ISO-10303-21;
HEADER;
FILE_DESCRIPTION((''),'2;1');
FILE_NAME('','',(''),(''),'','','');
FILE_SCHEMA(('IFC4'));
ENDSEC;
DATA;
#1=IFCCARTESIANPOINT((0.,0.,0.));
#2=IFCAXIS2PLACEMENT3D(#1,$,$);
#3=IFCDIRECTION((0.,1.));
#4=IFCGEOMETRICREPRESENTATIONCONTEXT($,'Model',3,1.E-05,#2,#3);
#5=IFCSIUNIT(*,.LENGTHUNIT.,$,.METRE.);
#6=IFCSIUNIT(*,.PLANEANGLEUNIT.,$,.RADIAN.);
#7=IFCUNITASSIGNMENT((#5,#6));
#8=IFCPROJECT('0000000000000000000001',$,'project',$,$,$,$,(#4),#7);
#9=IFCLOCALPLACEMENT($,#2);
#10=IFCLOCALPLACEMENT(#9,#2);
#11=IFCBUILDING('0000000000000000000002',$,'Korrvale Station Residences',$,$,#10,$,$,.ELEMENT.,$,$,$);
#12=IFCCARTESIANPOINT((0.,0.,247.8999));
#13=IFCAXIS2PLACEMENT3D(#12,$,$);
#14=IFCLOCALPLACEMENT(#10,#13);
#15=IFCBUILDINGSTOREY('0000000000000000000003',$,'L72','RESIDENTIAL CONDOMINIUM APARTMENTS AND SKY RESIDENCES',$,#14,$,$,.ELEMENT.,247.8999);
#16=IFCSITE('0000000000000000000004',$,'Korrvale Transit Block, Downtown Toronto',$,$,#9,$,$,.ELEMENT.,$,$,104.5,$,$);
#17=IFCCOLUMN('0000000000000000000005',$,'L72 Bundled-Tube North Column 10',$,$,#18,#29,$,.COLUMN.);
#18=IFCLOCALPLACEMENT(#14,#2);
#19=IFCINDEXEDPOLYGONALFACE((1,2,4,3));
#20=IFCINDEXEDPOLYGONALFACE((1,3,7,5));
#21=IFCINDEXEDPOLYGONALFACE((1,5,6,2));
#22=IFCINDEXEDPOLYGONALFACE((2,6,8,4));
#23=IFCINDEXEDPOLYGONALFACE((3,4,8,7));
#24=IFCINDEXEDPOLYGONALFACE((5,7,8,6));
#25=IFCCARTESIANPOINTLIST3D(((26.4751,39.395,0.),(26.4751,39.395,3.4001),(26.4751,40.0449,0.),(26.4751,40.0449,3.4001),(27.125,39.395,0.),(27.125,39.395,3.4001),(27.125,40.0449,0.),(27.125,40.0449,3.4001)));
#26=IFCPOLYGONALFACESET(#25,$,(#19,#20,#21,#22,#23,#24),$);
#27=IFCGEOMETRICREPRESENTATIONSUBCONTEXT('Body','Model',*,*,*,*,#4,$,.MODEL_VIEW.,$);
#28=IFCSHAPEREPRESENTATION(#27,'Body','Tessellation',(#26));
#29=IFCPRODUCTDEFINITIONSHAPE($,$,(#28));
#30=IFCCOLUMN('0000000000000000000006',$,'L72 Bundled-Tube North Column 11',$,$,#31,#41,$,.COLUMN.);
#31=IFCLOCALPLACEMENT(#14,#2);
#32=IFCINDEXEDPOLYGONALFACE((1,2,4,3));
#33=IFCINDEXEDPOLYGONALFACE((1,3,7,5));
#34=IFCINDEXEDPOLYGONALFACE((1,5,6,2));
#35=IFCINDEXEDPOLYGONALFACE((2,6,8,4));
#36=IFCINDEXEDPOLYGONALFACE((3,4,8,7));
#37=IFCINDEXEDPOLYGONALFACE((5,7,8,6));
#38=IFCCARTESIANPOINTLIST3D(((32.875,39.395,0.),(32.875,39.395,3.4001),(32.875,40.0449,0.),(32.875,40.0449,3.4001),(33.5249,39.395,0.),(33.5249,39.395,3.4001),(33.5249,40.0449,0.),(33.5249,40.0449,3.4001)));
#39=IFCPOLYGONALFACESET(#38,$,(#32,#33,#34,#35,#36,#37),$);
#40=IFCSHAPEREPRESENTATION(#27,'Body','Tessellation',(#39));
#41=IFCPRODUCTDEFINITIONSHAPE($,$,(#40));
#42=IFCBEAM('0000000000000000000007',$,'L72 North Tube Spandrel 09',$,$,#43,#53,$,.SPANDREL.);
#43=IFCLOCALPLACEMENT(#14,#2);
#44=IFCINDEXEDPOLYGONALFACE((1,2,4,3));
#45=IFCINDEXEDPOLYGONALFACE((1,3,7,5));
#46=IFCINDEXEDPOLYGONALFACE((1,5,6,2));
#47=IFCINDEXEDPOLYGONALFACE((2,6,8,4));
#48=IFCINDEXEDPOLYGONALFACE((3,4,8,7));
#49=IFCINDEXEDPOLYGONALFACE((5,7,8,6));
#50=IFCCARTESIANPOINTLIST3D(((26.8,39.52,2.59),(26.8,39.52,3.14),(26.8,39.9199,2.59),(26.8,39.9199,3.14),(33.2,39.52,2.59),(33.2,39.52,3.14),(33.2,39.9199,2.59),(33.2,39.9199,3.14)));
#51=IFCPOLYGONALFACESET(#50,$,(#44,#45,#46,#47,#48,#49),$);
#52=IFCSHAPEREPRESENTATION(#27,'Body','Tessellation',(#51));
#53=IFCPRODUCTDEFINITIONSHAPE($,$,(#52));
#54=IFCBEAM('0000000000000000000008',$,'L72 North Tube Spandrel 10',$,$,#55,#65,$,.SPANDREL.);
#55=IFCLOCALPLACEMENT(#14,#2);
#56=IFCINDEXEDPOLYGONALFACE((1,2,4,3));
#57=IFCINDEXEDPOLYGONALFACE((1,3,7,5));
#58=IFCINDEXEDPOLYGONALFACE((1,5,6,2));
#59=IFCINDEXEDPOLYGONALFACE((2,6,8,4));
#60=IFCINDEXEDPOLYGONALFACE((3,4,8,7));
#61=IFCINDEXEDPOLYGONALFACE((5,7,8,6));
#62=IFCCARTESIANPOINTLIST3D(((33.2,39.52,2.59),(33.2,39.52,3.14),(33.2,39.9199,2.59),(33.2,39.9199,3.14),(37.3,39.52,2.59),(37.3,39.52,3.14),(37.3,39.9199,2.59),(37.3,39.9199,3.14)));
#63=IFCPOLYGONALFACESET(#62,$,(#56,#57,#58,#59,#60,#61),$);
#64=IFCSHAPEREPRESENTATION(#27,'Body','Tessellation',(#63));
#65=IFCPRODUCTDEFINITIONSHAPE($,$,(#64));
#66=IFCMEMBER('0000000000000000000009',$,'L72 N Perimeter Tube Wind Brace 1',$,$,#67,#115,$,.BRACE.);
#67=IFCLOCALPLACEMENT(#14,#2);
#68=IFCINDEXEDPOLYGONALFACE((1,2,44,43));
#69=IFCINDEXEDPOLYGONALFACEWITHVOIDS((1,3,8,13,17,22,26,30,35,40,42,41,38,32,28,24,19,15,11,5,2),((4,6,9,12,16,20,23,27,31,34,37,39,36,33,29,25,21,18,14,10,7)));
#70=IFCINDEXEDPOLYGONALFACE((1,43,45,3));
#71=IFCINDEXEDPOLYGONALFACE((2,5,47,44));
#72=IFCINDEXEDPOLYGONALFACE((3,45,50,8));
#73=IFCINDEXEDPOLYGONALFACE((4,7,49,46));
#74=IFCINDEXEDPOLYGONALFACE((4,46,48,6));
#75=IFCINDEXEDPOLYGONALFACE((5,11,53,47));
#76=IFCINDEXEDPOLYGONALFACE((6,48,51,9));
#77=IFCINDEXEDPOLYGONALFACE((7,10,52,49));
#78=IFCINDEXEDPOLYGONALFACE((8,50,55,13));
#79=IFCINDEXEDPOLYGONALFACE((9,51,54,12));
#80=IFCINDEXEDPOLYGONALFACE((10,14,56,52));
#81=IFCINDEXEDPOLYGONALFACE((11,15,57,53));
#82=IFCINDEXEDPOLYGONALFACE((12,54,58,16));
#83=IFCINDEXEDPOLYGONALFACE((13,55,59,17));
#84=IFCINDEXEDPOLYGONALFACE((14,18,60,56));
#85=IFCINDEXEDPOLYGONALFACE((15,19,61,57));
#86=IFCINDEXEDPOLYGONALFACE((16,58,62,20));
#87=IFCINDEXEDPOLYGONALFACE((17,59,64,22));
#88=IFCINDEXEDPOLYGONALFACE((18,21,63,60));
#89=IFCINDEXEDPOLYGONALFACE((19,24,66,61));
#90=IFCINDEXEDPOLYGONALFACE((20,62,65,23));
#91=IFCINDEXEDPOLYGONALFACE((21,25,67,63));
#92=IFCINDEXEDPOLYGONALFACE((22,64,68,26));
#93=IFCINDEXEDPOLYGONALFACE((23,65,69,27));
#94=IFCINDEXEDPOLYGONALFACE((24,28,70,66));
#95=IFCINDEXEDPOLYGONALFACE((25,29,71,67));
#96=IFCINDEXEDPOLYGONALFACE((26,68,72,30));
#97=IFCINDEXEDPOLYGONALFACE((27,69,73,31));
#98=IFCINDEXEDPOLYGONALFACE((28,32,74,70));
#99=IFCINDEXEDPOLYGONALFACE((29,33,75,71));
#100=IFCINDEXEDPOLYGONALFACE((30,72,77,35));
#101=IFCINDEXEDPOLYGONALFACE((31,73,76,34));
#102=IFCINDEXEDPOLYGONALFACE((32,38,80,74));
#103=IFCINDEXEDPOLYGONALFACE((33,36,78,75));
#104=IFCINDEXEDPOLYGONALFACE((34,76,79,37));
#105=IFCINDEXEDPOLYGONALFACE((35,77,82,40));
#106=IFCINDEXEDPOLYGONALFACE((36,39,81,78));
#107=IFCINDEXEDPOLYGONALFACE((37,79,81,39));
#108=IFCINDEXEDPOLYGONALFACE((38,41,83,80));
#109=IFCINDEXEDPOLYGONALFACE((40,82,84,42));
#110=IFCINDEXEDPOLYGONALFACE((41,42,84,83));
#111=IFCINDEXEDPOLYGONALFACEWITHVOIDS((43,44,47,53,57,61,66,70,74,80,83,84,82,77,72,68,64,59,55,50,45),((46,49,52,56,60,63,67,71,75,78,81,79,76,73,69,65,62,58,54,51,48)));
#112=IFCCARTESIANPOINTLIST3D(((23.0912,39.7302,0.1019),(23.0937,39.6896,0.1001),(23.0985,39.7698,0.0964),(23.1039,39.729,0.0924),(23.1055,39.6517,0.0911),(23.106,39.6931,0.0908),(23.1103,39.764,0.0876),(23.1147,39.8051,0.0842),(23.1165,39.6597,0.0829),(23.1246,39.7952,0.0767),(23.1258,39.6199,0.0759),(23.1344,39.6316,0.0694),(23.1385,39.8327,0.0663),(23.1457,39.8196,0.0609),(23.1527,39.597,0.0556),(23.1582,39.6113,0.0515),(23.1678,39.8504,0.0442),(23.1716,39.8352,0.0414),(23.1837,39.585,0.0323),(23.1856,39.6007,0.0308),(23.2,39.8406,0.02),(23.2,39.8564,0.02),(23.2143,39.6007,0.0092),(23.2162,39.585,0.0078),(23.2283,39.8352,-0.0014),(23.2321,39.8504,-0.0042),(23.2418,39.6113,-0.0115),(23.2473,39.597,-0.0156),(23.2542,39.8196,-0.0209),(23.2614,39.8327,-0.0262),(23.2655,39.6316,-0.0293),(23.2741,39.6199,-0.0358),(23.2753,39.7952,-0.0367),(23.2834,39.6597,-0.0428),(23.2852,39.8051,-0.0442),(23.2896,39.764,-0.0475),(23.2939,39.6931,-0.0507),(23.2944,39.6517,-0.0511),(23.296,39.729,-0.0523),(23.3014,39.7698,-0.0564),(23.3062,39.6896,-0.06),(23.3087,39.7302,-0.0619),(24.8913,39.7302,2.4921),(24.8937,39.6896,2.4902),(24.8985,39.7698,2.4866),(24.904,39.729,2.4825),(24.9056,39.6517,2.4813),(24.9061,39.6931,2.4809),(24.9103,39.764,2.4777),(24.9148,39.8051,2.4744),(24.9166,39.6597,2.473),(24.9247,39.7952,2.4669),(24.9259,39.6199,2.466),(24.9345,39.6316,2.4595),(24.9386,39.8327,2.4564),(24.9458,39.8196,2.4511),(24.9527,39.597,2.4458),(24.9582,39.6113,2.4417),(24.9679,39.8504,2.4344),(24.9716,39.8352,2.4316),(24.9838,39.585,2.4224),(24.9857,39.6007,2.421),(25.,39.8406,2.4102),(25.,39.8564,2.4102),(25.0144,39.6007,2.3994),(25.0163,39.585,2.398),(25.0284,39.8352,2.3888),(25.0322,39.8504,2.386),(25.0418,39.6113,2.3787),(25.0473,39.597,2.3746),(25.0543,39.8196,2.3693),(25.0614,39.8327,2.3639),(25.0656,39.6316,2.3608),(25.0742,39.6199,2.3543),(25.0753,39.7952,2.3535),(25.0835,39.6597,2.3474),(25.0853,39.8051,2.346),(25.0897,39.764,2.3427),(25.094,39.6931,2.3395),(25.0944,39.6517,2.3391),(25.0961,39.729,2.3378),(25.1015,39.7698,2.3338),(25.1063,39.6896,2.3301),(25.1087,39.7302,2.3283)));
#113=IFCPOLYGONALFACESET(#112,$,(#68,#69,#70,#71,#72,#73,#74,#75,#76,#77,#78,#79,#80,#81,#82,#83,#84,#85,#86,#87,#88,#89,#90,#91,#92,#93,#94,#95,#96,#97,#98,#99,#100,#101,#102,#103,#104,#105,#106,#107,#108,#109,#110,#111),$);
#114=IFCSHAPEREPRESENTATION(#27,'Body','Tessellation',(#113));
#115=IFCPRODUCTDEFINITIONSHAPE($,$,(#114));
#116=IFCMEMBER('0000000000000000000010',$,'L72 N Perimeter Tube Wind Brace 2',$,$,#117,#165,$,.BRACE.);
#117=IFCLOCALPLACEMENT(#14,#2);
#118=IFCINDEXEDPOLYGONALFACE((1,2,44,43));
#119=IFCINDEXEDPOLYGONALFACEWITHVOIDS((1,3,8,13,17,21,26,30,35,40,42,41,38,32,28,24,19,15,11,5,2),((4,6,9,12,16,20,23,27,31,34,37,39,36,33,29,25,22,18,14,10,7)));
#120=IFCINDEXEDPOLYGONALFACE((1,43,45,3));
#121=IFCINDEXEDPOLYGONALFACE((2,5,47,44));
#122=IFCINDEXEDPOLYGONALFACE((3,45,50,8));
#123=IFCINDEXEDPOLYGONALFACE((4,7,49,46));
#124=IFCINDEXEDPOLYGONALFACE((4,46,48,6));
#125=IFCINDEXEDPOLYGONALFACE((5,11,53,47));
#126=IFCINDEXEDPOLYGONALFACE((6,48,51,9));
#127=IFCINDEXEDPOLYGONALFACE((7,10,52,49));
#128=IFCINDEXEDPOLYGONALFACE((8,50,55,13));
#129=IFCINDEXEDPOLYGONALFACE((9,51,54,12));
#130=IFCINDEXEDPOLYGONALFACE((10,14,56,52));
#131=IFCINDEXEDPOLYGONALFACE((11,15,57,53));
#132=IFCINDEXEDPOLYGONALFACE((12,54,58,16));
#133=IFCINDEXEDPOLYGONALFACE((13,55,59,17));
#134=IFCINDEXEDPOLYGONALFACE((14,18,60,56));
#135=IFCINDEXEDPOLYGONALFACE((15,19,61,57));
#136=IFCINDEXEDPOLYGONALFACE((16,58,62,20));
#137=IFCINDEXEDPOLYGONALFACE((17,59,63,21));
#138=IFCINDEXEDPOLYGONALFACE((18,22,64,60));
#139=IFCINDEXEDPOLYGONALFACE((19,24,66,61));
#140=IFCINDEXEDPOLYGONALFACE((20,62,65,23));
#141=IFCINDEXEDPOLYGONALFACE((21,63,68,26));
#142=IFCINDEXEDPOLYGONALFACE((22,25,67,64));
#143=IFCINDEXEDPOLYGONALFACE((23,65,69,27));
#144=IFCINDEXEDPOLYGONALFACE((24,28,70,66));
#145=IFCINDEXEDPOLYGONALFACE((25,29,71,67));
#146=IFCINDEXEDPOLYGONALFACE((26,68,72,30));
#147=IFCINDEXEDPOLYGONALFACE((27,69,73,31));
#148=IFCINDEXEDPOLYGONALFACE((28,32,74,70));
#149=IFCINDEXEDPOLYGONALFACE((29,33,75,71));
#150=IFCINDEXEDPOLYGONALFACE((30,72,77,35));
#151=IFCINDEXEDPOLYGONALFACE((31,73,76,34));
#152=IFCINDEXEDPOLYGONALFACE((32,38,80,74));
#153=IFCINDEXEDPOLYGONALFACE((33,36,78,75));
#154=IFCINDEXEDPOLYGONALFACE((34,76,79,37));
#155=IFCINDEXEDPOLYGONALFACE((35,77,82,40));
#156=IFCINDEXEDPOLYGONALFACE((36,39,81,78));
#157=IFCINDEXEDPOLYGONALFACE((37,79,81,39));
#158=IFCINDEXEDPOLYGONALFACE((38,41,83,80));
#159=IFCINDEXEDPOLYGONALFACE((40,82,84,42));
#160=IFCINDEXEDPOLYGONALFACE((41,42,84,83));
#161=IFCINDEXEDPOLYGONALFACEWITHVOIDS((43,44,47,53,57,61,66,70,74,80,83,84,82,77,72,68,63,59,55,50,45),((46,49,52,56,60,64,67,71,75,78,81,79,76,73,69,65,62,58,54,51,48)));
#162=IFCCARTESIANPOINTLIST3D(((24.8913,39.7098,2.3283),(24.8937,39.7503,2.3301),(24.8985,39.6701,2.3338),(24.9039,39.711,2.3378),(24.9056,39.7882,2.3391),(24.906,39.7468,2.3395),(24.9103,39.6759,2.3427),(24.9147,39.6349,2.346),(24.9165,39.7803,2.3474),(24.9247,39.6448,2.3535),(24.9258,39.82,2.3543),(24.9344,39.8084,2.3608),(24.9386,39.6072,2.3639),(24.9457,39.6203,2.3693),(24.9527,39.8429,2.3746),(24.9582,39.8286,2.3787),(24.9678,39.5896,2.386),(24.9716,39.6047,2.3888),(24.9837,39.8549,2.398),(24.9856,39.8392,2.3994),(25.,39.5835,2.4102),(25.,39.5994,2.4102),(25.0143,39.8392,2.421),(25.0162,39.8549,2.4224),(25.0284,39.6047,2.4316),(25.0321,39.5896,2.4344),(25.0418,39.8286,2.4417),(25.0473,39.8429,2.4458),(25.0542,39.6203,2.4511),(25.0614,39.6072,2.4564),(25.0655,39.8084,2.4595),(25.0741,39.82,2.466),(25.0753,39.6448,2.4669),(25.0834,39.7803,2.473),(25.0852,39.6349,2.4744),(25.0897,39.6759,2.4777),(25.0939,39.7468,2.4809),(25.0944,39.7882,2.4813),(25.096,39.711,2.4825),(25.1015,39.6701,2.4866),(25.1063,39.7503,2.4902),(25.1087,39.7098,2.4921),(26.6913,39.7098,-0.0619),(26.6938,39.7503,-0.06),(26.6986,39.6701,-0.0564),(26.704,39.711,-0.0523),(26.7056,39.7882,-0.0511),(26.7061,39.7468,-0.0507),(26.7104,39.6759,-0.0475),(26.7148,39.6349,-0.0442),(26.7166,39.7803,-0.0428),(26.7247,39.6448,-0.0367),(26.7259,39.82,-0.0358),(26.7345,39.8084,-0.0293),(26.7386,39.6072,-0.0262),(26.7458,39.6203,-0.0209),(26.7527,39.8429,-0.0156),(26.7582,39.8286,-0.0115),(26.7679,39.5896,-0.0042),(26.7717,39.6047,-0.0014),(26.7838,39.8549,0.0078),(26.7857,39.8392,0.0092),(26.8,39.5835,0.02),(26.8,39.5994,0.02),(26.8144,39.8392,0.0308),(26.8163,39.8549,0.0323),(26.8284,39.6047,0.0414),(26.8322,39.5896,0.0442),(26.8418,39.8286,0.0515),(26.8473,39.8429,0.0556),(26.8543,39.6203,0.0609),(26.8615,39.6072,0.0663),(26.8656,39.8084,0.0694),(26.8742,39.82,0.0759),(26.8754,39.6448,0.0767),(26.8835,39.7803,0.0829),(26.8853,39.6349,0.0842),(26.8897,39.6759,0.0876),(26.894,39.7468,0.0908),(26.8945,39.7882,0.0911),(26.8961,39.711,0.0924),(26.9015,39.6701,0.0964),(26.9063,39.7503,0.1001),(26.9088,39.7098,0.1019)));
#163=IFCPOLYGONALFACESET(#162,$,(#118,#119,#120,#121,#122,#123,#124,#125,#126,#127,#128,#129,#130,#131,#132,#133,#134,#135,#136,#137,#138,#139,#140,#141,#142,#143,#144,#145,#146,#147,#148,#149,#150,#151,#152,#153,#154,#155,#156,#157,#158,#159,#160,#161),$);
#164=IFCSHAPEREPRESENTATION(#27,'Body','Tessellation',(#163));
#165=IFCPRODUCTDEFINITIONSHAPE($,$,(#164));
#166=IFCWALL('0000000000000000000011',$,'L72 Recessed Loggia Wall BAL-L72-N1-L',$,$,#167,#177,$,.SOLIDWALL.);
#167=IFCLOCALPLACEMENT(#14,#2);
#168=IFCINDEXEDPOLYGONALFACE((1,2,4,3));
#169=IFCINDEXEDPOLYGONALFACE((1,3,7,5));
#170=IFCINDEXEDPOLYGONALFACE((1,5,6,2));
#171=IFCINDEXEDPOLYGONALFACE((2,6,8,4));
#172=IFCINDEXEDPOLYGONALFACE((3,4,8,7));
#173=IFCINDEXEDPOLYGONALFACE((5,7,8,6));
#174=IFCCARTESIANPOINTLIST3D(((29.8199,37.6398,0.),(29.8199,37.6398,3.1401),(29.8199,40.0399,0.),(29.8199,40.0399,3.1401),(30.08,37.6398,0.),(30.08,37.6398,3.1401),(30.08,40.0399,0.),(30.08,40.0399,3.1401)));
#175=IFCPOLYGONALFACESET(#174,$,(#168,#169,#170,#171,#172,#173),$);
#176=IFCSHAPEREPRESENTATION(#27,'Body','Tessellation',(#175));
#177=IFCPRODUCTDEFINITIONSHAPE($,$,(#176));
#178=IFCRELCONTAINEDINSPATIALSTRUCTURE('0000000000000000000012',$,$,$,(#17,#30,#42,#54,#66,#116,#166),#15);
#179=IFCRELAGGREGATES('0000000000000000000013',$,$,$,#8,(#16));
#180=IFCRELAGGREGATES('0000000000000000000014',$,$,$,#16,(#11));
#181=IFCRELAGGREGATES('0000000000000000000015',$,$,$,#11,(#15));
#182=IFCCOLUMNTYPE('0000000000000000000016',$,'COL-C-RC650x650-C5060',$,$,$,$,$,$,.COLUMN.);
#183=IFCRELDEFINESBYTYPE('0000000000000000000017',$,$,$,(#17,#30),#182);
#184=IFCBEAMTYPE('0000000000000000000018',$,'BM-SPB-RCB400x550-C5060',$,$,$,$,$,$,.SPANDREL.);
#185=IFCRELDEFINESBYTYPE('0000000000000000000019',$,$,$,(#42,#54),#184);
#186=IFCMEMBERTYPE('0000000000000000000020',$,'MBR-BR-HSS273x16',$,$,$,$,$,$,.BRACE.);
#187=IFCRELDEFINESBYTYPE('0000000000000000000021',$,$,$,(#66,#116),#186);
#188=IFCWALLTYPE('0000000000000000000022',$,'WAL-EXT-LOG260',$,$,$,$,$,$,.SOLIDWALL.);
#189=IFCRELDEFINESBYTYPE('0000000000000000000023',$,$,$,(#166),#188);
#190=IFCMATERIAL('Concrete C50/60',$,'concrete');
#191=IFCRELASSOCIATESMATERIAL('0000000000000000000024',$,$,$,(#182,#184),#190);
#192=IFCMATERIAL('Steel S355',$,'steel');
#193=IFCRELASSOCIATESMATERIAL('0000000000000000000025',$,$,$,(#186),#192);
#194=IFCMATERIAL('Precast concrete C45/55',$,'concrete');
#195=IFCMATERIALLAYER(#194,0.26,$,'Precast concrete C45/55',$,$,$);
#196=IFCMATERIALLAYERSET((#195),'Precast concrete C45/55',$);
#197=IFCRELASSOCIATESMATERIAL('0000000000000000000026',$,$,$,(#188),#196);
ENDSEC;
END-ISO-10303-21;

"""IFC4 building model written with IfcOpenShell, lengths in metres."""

from ifc_helpers import new_model, si_unit, direction, frame, frame_2d, origin, origin_2d, place, context, subcontext, project, spatial, rectangle, hollow_circle, extrude, material, layer, layer_set, material_profile, profile_set, type_object, element, save


model = new_model("IFC4")

# Units and contexts
model_context = context("Model", 3, precision=1e-05, world=origin(), true_north=direction((0.0, 1.0)))
body_context = subcontext(model_context, "Body", "Model", "MODEL_VIEW")
ifc_project = project(units=[si_unit("LENGTHUNIT", "METRE"), si_unit("PLANEANGLEUNIT", "RADIAN")], contexts=[model_context])

# Site, building, storey
site_placement = place(None, origin())
site = spatial("IfcSite", under=ifc_project, at=site_placement, Name="Korrvale Transit Block, Downtown Toronto", CompositionType="ELEMENT", RefElevation=104.5)
building_placement = place(site_placement, origin())
building = spatial("IfcBuilding", under=site, at=building_placement, Name="Korrvale Station Residences", CompositionType="ELEMENT")
storey_placement = place(building_placement, frame((0.0, 0.0, 247.8999)))
storey = spatial("IfcBuildingStorey", under=building, at=storey_placement, Name="L72", Description="RESIDENTIAL CONDOMINIUM APARTMENTS AND SKY RESIDENCES", CompositionType="ELEMENT", Elevation=247.8999)

# Columns
ifc_material_1 = material(Name="Concrete C50/60", Category="concrete")
ifc_material_profile_1 = material_profile(ifc_material_1, rectangle(XDim=0.6499, YDim=0.6499, at=origin_2d()), Name="RC650x650")
ifc_profile_set_1 = profile_set([ifc_material_profile_1], Name="Concrete C50/60")
column_type = type_object("IfcColumnType", Name="COL-C-RC650x650-C5060", PredefinedType="COLUMN", material=ifc_profile_set_1)
for number, where, z_axis, x_axis, name in (
    (1, (26.8, 39.72, 0.0), (0.0, 0.0, 1.0), (1.0, 0.0, 0.0), "L72 Bundled-Tube North Column 10"),
    (2, (33.2, 39.72, 0.0), (0.0, 0.0, 1.0), (1.0, 0.0, 0.0), "L72 Bundled-Tube North Column 11"),
):
    element("IfcColumn", number, at=place(storey_placement, frame(where, z_axis=z_axis, x_axis=x_axis)), inside=storey, type_object=column_type, Name=name, PredefinedType="COLUMN", context=body_context, shape_type="SweptSolid", body=[
        extrude(rectangle(XDim=0.6499, YDim=0.6499, at=origin_2d()), origin(), (0.0, 0.0, 1.0), 3.4001),
    ])

# Beams
ifc_material_profile_2 = material_profile(ifc_material_1, rectangle(XDim=0.3999, YDim=0.55, at=origin_2d()), Name="RCB400x550")
ifc_profile_set_2 = profile_set([ifc_material_profile_2], Name="Concrete C50/60")
beam_type = type_object("IfcBeamType", Name="BM-SPB-RCB400x550-C5060", PredefinedType="SPANDREL", material=ifc_profile_set_2)
beam_1_placement = place(storey_placement, frame((26.8, 39.72, 2.865), z_axis=(1.0, 0.0, 0.0), x_axis=(0.0, 1.0, 0.0)))
element("IfcBeam", 3, at=beam_1_placement, inside=storey, type_object=beam_type, Name="L72 North Tube Spandrel 09", PredefinedType="SPANDREL", context=body_context, shape_type="SweptSolid", body=[
    extrude(rectangle(XDim=0.3999, YDim=0.55, at=origin_2d()), origin(), (0.0, 0.0, 1.0), 6.3999),
])
beam_2_placement = place(storey_placement, frame((33.2, 39.72, 2.865), z_axis=(1.0, 0.0, 0.0), x_axis=(0.0, 1.0, 0.0)))
element("IfcBeam", 4, at=beam_2_placement, inside=storey, type_object=beam_type, Name="L72 North Tube Spandrel 10", PredefinedType="SPANDREL", context=body_context, shape_type="SweptSolid", body=[
    extrude(rectangle(XDim=0.3999, YDim=0.55, at=origin_2d()), origin(), (0.0, 0.0, 1.0), 4.1001),
])

# Members
ifc_material_2 = material(Name="Steel S355", Category="steel")
ifc_material_profile_3 = material_profile(ifc_material_2, hollow_circle(Radius=0.1365, WallThickness=0.0159, at=origin_2d()), Name="HSS273x16")
ifc_profile_set_3 = profile_set([ifc_material_profile_3], Name="Steel S355")
member_type = type_object("IfcMemberType", Name="MBR-BR-HSS273x16", PredefinedType="BRACE", material=ifc_profile_set_3)
for number, where, z_axis, x_axis, name in (
    (5, (23.2, 39.72, 0.02), (0.601592, 0.0, 0.798804), (0.0, 1.0, 0.0), "L72 N Perimeter Tube Wind Brace 1"),
    (6, (26.8, 39.72, 0.02), (-0.601592, 0.0, 0.798804), (0.0, -1.0, 0.0), "L72 N Perimeter Tube Wind Brace 2"),
):
    element("IfcMember", number, at=place(storey_placement, frame(where, z_axis=z_axis, x_axis=x_axis)), inside=storey, type_object=member_type, Name=name, PredefinedType="BRACE", context=body_context, shape_type="SweptSolid", body=[
        extrude(hollow_circle(Radius=0.1365, WallThickness=0.0159, at=origin_2d()), origin(), (0.0, 0.0, 1.0), 2.9922),
    ])

# Wall
ifc_material_3 = material(Name="Precast concrete C45/55", Category="concrete")
ifc_layer_1 = layer(ifc_material_3, 0.26, Name="Precast concrete C45/55")
ifc_layer_set_1 = layer_set([ifc_layer_1], Name="Precast concrete C45/55")
wall_type_1 = type_object("IfcWallType", Name="WAL-EXT-LOG260", PredefinedType="SOLIDWALL", material=ifc_layer_set_1)
wall_1_placement = place(storey_placement, frame((29.95, 40.04, 0.0), z_axis=(0.0, 0.0, 1.0), x_axis=(0.0, -1.0, 0.0)))
element("IfcWall", 7, at=wall_1_placement, inside=storey, type_object=wall_type_1, Name="L72 Recessed Loggia Wall BAL-L72-N1-L", PredefinedType="SOLIDWALL", context=body_context, shape_type="SweptSolid", body=[
    extrude(rectangle(XDim=2.4001, YDim=0.26, at=frame_2d((1.2002, 0.0))), origin(), (0.0, 0.0, 1.0), 3.1401),
])

save(model, "model.ifc")
